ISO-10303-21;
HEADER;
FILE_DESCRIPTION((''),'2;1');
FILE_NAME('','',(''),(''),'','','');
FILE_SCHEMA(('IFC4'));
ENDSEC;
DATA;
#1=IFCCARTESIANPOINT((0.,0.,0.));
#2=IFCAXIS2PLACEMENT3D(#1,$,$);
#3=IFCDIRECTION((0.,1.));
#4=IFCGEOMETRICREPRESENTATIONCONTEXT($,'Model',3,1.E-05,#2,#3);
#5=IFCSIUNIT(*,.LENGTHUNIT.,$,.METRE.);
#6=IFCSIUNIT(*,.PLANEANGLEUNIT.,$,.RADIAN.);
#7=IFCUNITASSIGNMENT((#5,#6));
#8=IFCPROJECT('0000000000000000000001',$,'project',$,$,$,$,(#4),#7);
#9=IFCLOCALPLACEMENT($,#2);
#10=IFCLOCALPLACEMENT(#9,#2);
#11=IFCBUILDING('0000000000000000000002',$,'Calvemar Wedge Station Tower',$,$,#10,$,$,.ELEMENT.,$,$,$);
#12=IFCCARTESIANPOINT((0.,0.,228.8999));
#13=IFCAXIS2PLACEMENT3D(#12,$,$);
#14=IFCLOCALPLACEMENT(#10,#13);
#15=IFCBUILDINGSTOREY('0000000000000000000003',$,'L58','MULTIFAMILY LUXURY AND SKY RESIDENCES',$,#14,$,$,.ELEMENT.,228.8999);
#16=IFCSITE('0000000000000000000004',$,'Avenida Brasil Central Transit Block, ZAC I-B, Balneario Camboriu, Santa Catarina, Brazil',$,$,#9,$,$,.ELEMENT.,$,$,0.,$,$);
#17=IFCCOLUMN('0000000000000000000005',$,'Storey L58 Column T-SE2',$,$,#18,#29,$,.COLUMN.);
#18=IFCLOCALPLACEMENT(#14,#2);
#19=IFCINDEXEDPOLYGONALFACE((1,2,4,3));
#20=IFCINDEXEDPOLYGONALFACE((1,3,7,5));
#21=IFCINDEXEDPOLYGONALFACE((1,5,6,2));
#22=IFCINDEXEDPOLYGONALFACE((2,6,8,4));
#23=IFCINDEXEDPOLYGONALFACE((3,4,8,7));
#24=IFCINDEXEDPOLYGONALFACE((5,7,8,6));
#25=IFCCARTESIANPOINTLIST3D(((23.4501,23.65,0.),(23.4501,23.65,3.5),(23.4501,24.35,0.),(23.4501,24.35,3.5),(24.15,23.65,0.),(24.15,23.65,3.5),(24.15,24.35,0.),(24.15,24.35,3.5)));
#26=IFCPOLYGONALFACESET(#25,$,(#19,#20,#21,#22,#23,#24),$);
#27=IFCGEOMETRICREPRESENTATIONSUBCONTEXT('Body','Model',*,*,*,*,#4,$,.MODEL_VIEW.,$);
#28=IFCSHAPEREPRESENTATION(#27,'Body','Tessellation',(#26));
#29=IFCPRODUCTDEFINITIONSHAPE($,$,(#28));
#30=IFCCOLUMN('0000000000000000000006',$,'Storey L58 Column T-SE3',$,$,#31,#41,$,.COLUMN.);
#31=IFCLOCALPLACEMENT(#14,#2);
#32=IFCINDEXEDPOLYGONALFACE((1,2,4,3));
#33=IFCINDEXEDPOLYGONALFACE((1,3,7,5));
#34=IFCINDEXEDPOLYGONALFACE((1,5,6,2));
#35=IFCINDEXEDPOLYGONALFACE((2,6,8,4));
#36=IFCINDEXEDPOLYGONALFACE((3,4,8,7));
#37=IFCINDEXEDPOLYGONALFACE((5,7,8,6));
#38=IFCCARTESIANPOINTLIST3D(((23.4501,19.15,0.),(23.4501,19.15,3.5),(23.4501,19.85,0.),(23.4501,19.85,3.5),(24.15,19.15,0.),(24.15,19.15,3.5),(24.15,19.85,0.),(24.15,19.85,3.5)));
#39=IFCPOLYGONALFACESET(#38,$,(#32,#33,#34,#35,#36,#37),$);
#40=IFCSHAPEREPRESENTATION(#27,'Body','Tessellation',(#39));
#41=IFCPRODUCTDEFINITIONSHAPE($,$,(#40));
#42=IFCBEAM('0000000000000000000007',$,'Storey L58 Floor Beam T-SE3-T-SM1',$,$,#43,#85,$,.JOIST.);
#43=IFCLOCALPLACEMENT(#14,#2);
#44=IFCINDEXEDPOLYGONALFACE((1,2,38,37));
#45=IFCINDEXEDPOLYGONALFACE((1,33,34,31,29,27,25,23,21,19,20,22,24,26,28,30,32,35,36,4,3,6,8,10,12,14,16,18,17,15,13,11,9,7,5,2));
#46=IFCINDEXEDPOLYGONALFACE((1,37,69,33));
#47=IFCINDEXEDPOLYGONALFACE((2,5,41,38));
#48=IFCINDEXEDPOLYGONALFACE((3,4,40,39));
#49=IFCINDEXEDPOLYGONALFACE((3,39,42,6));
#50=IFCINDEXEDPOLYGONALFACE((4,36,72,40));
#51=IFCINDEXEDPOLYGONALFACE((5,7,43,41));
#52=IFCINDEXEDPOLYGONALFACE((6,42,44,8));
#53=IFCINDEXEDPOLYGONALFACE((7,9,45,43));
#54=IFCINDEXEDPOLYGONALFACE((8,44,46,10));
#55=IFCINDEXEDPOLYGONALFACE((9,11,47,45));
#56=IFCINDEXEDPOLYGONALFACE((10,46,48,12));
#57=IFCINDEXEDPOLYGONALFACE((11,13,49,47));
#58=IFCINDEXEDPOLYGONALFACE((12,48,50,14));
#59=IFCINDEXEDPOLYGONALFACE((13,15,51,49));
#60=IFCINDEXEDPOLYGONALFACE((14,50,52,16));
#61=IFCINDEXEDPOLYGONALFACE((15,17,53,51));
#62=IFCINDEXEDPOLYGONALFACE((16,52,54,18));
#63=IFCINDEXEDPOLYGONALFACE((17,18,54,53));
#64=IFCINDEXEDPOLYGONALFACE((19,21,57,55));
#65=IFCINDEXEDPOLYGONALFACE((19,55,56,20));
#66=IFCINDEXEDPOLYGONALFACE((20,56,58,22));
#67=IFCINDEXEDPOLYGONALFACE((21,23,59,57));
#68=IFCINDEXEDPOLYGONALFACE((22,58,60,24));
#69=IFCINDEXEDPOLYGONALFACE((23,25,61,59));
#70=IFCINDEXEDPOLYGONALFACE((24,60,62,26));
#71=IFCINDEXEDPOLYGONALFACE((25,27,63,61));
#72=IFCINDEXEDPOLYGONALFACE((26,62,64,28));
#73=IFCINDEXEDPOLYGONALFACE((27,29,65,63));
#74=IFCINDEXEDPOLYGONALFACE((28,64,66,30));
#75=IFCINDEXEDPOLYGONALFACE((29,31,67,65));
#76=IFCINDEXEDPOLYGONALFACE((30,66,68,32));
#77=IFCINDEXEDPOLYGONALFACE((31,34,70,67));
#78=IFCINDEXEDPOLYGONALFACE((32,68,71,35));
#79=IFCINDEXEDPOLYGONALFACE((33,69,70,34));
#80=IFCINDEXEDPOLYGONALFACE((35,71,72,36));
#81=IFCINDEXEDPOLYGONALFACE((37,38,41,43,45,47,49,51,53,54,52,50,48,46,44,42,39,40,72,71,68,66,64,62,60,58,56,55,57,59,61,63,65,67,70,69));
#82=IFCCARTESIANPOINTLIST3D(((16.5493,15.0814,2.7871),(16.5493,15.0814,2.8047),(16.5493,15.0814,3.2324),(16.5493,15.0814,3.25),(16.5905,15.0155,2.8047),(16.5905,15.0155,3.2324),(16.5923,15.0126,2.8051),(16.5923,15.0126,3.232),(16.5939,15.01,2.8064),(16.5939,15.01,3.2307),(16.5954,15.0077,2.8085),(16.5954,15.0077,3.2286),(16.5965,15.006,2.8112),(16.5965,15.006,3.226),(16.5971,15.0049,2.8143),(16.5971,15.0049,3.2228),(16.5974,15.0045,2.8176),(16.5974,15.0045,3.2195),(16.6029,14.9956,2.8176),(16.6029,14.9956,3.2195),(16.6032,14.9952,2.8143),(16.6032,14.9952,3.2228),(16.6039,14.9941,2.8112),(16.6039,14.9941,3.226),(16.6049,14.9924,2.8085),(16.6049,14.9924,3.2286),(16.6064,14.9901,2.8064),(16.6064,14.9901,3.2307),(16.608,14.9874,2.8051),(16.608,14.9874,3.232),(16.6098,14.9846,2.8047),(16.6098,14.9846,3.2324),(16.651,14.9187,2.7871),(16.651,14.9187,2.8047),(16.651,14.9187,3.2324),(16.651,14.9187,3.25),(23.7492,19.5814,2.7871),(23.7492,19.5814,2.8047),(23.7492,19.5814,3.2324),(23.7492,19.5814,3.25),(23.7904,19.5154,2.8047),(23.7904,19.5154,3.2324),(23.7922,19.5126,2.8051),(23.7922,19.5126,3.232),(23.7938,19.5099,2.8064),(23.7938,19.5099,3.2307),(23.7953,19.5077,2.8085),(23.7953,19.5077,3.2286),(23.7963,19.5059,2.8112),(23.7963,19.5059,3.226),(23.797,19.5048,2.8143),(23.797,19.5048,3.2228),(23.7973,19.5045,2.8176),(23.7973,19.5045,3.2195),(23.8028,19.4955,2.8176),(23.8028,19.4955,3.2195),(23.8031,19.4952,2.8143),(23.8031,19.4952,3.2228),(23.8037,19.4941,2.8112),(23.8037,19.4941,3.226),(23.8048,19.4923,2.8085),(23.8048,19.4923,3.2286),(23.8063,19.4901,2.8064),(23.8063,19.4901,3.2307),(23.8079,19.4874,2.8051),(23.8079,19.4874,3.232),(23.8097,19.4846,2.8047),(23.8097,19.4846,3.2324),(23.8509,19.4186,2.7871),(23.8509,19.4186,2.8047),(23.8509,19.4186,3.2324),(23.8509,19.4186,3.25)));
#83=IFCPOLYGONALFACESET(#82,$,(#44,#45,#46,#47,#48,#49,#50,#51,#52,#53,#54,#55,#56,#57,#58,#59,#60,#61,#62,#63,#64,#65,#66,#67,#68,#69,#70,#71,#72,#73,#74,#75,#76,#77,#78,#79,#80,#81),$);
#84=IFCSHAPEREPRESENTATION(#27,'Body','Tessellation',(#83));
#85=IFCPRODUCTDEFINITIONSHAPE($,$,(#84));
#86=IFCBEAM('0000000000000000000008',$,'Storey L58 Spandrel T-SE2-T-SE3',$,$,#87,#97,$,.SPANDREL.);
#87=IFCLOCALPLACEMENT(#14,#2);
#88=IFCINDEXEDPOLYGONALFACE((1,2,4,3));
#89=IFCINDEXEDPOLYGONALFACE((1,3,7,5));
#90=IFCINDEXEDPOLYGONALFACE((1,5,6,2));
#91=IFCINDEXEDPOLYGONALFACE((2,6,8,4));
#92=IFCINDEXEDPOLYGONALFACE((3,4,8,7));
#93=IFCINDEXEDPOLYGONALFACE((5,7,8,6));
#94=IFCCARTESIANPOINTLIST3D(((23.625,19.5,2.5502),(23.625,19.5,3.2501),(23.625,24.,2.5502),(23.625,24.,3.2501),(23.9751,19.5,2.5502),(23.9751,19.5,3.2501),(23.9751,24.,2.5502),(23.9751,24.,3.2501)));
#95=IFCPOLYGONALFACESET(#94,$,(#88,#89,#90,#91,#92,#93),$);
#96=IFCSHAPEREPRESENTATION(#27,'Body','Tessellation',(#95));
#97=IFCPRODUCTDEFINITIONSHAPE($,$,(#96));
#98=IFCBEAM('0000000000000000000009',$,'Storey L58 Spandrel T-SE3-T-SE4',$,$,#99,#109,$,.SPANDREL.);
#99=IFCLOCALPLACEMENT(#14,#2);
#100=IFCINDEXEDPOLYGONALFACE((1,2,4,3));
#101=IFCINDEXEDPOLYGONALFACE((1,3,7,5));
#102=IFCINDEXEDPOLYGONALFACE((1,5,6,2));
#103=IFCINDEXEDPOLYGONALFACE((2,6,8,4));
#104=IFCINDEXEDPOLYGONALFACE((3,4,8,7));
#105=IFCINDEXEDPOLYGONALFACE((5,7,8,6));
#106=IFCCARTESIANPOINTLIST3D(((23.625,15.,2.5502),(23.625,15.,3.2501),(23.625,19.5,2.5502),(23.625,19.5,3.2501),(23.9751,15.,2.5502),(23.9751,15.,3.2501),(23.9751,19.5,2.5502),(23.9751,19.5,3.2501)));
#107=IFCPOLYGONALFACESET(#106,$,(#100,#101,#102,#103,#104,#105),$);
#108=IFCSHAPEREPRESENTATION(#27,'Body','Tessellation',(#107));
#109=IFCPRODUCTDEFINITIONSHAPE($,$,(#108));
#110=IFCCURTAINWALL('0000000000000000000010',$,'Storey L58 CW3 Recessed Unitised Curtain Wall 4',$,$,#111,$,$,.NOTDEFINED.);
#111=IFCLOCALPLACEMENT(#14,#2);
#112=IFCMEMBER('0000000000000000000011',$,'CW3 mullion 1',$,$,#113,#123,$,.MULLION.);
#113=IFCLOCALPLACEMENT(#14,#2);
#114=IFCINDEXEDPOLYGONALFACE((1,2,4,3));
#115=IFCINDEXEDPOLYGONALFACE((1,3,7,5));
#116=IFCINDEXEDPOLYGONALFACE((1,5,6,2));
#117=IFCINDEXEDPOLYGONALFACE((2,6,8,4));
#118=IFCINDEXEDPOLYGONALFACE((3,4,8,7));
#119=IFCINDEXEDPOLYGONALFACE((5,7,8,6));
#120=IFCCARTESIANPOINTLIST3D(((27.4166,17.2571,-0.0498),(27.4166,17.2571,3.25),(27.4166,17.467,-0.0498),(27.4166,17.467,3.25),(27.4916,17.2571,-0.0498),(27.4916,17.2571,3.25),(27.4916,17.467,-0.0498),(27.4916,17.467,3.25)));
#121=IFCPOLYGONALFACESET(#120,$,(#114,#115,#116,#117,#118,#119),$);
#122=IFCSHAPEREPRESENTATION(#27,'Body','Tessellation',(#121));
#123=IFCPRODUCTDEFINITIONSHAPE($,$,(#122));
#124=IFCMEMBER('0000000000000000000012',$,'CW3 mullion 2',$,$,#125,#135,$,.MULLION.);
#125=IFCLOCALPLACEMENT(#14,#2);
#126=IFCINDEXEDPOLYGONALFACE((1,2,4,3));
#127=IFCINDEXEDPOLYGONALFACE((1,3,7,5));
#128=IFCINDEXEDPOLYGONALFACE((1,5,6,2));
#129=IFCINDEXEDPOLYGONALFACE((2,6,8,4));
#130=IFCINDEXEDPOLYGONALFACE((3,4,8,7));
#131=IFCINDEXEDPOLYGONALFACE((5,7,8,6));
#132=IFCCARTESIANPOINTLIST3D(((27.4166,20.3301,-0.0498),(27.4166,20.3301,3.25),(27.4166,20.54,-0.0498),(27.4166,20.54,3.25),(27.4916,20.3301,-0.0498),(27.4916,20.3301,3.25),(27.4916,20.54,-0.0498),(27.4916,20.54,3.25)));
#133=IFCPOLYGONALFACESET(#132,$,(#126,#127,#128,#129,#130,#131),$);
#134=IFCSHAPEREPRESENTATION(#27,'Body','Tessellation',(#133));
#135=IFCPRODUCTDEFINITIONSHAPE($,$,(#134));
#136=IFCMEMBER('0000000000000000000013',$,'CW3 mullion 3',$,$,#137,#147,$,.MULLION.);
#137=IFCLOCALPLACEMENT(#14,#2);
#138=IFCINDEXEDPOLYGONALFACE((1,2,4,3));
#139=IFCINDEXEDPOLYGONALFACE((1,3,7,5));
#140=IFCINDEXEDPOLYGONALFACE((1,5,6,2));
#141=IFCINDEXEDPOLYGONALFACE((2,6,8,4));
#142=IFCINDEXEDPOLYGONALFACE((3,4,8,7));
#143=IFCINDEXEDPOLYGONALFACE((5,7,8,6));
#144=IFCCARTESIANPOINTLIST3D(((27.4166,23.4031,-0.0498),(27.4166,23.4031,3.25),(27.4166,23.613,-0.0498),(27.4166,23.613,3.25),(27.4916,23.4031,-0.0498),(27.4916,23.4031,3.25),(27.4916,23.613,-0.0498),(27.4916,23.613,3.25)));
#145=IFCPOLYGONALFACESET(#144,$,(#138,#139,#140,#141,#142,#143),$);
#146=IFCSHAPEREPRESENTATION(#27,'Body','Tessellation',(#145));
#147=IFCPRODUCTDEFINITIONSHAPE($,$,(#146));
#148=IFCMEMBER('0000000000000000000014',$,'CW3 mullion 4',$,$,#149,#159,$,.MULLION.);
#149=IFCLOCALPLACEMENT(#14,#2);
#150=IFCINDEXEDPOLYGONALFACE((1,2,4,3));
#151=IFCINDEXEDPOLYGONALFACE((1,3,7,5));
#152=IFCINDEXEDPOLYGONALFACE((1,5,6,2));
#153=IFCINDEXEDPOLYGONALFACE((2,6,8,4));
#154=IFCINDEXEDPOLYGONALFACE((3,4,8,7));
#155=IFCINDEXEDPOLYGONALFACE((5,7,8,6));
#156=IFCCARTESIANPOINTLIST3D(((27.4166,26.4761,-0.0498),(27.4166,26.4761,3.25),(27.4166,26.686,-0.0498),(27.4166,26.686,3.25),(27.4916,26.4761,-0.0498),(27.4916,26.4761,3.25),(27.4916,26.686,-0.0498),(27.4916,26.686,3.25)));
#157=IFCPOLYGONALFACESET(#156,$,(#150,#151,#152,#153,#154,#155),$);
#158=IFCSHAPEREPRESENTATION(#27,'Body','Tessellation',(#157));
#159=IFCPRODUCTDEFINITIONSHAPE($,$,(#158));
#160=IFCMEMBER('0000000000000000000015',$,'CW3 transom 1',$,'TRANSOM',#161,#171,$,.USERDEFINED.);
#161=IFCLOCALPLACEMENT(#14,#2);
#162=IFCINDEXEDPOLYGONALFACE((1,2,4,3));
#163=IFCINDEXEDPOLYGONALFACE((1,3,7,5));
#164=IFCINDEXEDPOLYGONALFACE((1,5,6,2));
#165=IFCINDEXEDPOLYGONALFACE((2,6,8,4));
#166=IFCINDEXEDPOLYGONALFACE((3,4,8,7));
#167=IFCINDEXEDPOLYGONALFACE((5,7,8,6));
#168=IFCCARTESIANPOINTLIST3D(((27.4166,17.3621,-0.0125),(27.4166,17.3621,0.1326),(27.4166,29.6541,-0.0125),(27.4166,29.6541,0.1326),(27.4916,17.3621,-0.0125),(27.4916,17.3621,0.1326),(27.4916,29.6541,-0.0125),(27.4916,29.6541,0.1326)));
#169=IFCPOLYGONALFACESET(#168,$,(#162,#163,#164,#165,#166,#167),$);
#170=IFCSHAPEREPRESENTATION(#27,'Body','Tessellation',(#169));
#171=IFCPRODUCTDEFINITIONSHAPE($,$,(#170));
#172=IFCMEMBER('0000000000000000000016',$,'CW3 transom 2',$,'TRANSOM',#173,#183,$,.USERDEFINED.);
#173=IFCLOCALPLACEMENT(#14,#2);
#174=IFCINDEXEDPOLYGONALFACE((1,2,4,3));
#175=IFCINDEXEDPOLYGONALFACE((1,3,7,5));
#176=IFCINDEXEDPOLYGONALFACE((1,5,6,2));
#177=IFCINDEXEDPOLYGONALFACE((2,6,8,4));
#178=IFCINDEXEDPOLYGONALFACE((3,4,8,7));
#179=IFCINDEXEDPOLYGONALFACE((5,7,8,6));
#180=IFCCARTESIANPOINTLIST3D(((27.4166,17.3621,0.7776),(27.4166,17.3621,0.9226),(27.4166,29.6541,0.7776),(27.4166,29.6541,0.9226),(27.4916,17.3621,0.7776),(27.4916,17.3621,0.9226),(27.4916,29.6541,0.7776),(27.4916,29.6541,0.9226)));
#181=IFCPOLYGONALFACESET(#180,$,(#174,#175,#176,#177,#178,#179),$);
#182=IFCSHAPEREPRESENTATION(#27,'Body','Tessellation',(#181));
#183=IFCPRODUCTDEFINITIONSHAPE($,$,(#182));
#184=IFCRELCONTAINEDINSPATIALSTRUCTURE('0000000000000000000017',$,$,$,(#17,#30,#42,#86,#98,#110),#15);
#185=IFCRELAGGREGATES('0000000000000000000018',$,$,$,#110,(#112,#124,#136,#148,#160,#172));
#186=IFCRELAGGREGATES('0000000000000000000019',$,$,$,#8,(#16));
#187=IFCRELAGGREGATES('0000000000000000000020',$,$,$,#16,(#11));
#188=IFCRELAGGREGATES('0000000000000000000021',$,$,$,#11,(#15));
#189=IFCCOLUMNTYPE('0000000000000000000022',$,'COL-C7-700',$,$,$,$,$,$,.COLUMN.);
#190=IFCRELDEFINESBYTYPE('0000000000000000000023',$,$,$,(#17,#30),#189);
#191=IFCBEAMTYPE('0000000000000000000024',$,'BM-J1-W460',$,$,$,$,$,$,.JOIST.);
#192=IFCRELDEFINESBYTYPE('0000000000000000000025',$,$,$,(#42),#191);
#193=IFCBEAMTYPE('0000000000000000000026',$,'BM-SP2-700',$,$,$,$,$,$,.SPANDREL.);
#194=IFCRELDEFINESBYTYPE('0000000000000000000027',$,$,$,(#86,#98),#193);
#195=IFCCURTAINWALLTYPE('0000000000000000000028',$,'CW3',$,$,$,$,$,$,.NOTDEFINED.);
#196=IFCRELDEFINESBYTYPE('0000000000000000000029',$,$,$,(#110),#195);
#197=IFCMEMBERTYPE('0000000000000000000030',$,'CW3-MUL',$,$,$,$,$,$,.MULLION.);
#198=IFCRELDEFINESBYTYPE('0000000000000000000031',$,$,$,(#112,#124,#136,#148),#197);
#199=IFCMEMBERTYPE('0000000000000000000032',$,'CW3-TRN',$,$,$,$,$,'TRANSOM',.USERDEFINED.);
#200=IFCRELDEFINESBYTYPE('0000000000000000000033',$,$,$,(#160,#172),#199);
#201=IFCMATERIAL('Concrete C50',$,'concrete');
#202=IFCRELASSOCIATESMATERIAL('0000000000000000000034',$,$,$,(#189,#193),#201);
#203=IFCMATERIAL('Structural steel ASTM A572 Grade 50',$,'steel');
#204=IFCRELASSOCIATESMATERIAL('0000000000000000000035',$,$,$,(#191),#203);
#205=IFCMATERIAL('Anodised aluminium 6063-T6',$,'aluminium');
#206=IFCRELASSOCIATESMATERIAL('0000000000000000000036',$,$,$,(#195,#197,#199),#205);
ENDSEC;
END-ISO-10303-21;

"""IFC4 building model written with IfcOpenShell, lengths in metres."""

from ifc_helpers import new_model, si_unit, direction, frame, origin, origin_2d, place, context, subcontext, project, spatial, rectangle, i_section, extrude, source, transform, mapped, material, material_profile, profile_set, type_object, element, aggregate, save


model = new_model("IFC4")

# Units and contexts
model_context = context("Model", 3, precision=1e-05, world=origin(), true_north=direction((0.0, 1.0)))
body_context = subcontext(model_context, "Body", "Model", "MODEL_VIEW")
ifc_project = project(units=[si_unit("LENGTHUNIT", "METRE"), si_unit("PLANEANGLEUNIT", "RADIAN")], contexts=[model_context])

# Site, building, storey
site_placement = place(None, origin())
site = spatial("IfcSite", under=ifc_project, at=site_placement, Name="Avenida Brasil Central Transit Block, ZAC I-B, Balneario Camboriu, Santa Catarina, Brazil", CompositionType="ELEMENT", RefElevation=0.0)
building_placement = place(site_placement, origin())
building = spatial("IfcBuilding", under=site, at=building_placement, Name="Calvemar Wedge Station Tower", CompositionType="ELEMENT")
storey_placement = place(building_placement, frame((0.0, 0.0, 228.8999)))
storey = spatial("IfcBuildingStorey", under=building, at=storey_placement, Name="L58", Description="MULTIFAMILY LUXURY AND SKY RESIDENCES", CompositionType="ELEMENT", Elevation=228.8999)

# Columns
ifc_material_1 = material(Name="Concrete C50", Category="concrete")
ifc_material_profile_1 = material_profile(ifc_material_1, rectangle(XDim=0.7, YDim=0.7, at=origin_2d()), Name="RC700x700")
ifc_profile_set_1 = profile_set([ifc_material_profile_1], Name="Concrete C50")
column_type = type_object("IfcColumnType", Name="COL-C7-700", PredefinedType="COLUMN", material=ifc_profile_set_1)
shared_shape_1 = source(origin(), body_context, "Body", "SweptSolid", [
    extrude(rectangle(XDim=0.7, YDim=0.7, at=origin_2d()), origin(), (0.0, 0.0, 1.0), 3.5),
])
for number, where, z_axis, x_axis, name in (
    (1, (23.8, 24.0, 0.0), (0.0, 0.0, 1.0), (1.0, 0.0, 0.0), "Storey L58 Column T-SE2"),
    (2, (23.8, 19.5, 0.0), (0.0, 0.0, 1.0), (1.0, 0.0, 0.0), "Storey L58 Column T-SE3"),
):
    element("IfcColumn", number, at=place(storey_placement, frame(where, z_axis=z_axis, x_axis=x_axis)), inside=storey, type_object=column_type, Name=name, PredefinedType="COLUMN", context=body_context, shape_type="MappedRepresentation", body=[
        mapped(shared_shape_1, transform((0.0, 0.0, 0.0), scale=1.0)),
    ])

# Beams
ifc_material_2 = material(Name="Structural steel ASTM A572 Grade 50", Category="steel")
ifc_material_profile_2 = material_profile(ifc_material_2, i_section(OverallWidth=0.1919, OverallDepth=0.4629, WebThickness=0.0105, FlangeThickness=0.0176, FilletRadius=0.0129, at=origin_2d()), Name="W460x89")
ifc_profile_set_2 = profile_set([ifc_material_profile_2], Name="Structural steel ASTM A572 Grade 50")
beam_type_1 = type_object("IfcBeamType", Name="BM-J1-W460", PredefinedType="JOIST", material=ifc_profile_set_2)
shared_shape_2 = source(origin(), body_context, "Body", "SweptSolid", [
    extrude(i_section(OverallWidth=0.1919, OverallDepth=0.4629, WebThickness=0.0105, FlangeThickness=0.0176, FilletRadius=0.0129, at=origin_2d()), origin(), (0.0, 0.0, 1.0), 8.4905),
])
beam_placement = place(storey_placement, frame((23.8, 19.5, 3.0186), z_axis=(-0.847997, -0.530002, 0.0), x_axis=(0.530002, -0.847997, 0.0)))
element("IfcBeam", 3, at=beam_placement, inside=storey, type_object=beam_type_1, Name="Storey L58 Floor Beam T-SE3-T-SM1", PredefinedType="JOIST", context=body_context, shape_type="MappedRepresentation", body=[
    mapped(shared_shape_2, transform((0.0, 0.0, 0.0), scale=1.0)),
])
ifc_material_profile_3 = material_profile(ifc_material_1, rectangle(XDim=0.3501, YDim=0.7, at=origin_2d()), Name="RC350x700")
ifc_profile_set_3 = profile_set([ifc_material_profile_3], Name="Concrete C50")
beam_type_2 = type_object("IfcBeamType", Name="BM-SP2-700", PredefinedType="SPANDREL", material=ifc_profile_set_3)
shared_shape_3 = source(origin(), body_context, "Body", "SweptSolid", [
    extrude(rectangle(XDim=0.3501, YDim=0.7, at=origin_2d()), origin(), (0.0, 0.0, 1.0), 4.5),
])
for number, where, z_axis, x_axis, name in (
    (4, (23.8, 24.0, 2.9001), (0.0, -1.0, 0.0), (1.0, 0.0, 0.0), "Storey L58 Spandrel T-SE2-T-SE3"),
    (5, (23.8, 19.5, 2.9001), (0.0, -1.0, 0.0), (1.0, 0.0, 0.0), "Storey L58 Spandrel T-SE3-T-SE4"),
):
    element("IfcBeam", number, at=place(storey_placement, frame(where, z_axis=z_axis, x_axis=x_axis)), inside=storey, type_object=beam_type_2, Name=name, PredefinedType="SPANDREL", context=body_context, shape_type="MappedRepresentation", body=[
        mapped(shared_shape_3, transform((0.0, 0.0, 0.0), scale=1.0)),
    ])

# Curtain wall, members
ifc_material_3 = material(Name="Anodised aluminium 6063-T6", Category="aluminium")
curtain_wall_type = type_object("IfcCurtainWallType", Name="CW3", PredefinedType="NOTDEFINED", material=ifc_material_3)
curtain_wall_placement = place(storey_placement, origin())
curtain_wall = element("IfcCurtainWall", 6, at=curtain_wall_placement, inside=storey, type_object=curtain_wall_type, Name="Storey L58 CW3 Recessed Unitised Curtain Wall 4", PredefinedType="NOTDEFINED")
ifc_material_profile_4 = material_profile(ifc_material_3, rectangle(XDim=0.075, YDim=0.21, at=origin_2d()), Name="AL-MUL-75x210")
ifc_profile_set_4 = profile_set([ifc_material_profile_4], Name="Anodised aluminium 6063-T6")
member_type_1 = type_object("IfcMemberType", Name="CW3-MUL", PredefinedType="MULLION", material=ifc_profile_set_4)
shared_shape_4 = source(origin(), body_context, "Body", "SweptSolid", [
    extrude(rectangle(XDim=0.075, YDim=0.21, at=origin_2d()), origin(), (0.0, 0.0, 1.0), 3.2998),
])
member_1_placement = place(storey_placement, frame((27.4541, 17.3621, -0.0498), z_axis=(0.0, 0.0, 1.0), x_axis=(1.0, 0.0, 0.0)))
member_1 = element("IfcMember", 7, at=member_1_placement, type_object=member_type_1, Name="CW3 mullion 1", PredefinedType="MULLION", context=body_context, shape_type="MappedRepresentation", body=[
    mapped(shared_shape_4, transform((0.0, 0.0, 0.0), scale=1.0)),
])
member_2_placement = place(storey_placement, frame((27.4541, 20.4351, -0.0498), z_axis=(0.0, 0.0, 1.0), x_axis=(1.0, 0.0, 0.0)))
member_2 = element("IfcMember", 8, at=member_2_placement, type_object=member_type_1, Name="CW3 mullion 2", PredefinedType="MULLION", context=body_context, shape_type="MappedRepresentation", body=[
    mapped(shared_shape_4, transform((0.0, 0.0, 0.0), scale=1.0)),
])
member_3_placement = place(storey_placement, frame((27.4541, 23.5081, -0.0498), z_axis=(0.0, 0.0, 1.0), x_axis=(1.0, 0.0, 0.0)))
member_3 = element("IfcMember", 9, at=member_3_placement, type_object=member_type_1, Name="CW3 mullion 3", PredefinedType="MULLION", context=body_context, shape_type="MappedRepresentation", body=[
    mapped(shared_shape_4, transform((0.0, 0.0, 0.0), scale=1.0)),
])
member_4_placement = place(storey_placement, frame((27.4541, 26.5811, -0.0498), z_axis=(0.0, 0.0, 1.0), x_axis=(1.0, 0.0, 0.0)))
member_4 = element("IfcMember", 10, at=member_4_placement, type_object=member_type_1, Name="CW3 mullion 4", PredefinedType="MULLION", context=body_context, shape_type="MappedRepresentation", body=[
    mapped(shared_shape_4, transform((0.0, 0.0, 0.0), scale=1.0)),
])
ifc_material_profile_5 = material_profile(ifc_material_3, rectangle(XDim=0.075, YDim=0.145, at=origin_2d()), Name="AL-TRN-75x145")
ifc_profile_set_5 = profile_set([ifc_material_profile_5], Name="Anodised aluminium 6063-T6")
member_type_2 = type_object("IfcMemberType", Name="CW3-TRN", ElementType="TRANSOM", PredefinedType="USERDEFINED", material=ifc_profile_set_5)
shared_shape_5 = source(origin(), body_context, "Body", "SweptSolid", [
    extrude(rectangle(XDim=0.075, YDim=0.145, at=origin_2d()), origin(), (0.0, 0.0, 1.0), 12.292),
])
member_5_placement = place(storey_placement, frame((27.4541, 17.3621, 0.0601), z_axis=(0.0, 1.0, 0.0), x_axis=(-1.0, 0.0, 0.0)))
member_5 = element("IfcMember", 11, at=member_5_placement, type_object=member_type_2, Name="CW3 transom 1", ObjectType="TRANSOM", PredefinedType="USERDEFINED", context=body_context, shape_type="MappedRepresentation", body=[
    mapped(shared_shape_5, transform((0.0, 0.0, 0.0), scale=1.0)),
])
member_6_placement = place(storey_placement, frame((27.4541, 17.3621, 0.8501), z_axis=(0.0, 1.0, 0.0), x_axis=(-1.0, 0.0, 0.0)))
member_6 = element("IfcMember", 12, at=member_6_placement, type_object=member_type_2, Name="CW3 transom 2", ObjectType="TRANSOM", PredefinedType="USERDEFINED", context=body_context, shape_type="MappedRepresentation", body=[
    mapped(shared_shape_5, transform((0.0, 0.0, 0.0), scale=1.0)),
])
aggregate(curtain_wall, [member_1, member_2, member_3, member_4, member_5, member_6])

save(model, "model.ifc")
